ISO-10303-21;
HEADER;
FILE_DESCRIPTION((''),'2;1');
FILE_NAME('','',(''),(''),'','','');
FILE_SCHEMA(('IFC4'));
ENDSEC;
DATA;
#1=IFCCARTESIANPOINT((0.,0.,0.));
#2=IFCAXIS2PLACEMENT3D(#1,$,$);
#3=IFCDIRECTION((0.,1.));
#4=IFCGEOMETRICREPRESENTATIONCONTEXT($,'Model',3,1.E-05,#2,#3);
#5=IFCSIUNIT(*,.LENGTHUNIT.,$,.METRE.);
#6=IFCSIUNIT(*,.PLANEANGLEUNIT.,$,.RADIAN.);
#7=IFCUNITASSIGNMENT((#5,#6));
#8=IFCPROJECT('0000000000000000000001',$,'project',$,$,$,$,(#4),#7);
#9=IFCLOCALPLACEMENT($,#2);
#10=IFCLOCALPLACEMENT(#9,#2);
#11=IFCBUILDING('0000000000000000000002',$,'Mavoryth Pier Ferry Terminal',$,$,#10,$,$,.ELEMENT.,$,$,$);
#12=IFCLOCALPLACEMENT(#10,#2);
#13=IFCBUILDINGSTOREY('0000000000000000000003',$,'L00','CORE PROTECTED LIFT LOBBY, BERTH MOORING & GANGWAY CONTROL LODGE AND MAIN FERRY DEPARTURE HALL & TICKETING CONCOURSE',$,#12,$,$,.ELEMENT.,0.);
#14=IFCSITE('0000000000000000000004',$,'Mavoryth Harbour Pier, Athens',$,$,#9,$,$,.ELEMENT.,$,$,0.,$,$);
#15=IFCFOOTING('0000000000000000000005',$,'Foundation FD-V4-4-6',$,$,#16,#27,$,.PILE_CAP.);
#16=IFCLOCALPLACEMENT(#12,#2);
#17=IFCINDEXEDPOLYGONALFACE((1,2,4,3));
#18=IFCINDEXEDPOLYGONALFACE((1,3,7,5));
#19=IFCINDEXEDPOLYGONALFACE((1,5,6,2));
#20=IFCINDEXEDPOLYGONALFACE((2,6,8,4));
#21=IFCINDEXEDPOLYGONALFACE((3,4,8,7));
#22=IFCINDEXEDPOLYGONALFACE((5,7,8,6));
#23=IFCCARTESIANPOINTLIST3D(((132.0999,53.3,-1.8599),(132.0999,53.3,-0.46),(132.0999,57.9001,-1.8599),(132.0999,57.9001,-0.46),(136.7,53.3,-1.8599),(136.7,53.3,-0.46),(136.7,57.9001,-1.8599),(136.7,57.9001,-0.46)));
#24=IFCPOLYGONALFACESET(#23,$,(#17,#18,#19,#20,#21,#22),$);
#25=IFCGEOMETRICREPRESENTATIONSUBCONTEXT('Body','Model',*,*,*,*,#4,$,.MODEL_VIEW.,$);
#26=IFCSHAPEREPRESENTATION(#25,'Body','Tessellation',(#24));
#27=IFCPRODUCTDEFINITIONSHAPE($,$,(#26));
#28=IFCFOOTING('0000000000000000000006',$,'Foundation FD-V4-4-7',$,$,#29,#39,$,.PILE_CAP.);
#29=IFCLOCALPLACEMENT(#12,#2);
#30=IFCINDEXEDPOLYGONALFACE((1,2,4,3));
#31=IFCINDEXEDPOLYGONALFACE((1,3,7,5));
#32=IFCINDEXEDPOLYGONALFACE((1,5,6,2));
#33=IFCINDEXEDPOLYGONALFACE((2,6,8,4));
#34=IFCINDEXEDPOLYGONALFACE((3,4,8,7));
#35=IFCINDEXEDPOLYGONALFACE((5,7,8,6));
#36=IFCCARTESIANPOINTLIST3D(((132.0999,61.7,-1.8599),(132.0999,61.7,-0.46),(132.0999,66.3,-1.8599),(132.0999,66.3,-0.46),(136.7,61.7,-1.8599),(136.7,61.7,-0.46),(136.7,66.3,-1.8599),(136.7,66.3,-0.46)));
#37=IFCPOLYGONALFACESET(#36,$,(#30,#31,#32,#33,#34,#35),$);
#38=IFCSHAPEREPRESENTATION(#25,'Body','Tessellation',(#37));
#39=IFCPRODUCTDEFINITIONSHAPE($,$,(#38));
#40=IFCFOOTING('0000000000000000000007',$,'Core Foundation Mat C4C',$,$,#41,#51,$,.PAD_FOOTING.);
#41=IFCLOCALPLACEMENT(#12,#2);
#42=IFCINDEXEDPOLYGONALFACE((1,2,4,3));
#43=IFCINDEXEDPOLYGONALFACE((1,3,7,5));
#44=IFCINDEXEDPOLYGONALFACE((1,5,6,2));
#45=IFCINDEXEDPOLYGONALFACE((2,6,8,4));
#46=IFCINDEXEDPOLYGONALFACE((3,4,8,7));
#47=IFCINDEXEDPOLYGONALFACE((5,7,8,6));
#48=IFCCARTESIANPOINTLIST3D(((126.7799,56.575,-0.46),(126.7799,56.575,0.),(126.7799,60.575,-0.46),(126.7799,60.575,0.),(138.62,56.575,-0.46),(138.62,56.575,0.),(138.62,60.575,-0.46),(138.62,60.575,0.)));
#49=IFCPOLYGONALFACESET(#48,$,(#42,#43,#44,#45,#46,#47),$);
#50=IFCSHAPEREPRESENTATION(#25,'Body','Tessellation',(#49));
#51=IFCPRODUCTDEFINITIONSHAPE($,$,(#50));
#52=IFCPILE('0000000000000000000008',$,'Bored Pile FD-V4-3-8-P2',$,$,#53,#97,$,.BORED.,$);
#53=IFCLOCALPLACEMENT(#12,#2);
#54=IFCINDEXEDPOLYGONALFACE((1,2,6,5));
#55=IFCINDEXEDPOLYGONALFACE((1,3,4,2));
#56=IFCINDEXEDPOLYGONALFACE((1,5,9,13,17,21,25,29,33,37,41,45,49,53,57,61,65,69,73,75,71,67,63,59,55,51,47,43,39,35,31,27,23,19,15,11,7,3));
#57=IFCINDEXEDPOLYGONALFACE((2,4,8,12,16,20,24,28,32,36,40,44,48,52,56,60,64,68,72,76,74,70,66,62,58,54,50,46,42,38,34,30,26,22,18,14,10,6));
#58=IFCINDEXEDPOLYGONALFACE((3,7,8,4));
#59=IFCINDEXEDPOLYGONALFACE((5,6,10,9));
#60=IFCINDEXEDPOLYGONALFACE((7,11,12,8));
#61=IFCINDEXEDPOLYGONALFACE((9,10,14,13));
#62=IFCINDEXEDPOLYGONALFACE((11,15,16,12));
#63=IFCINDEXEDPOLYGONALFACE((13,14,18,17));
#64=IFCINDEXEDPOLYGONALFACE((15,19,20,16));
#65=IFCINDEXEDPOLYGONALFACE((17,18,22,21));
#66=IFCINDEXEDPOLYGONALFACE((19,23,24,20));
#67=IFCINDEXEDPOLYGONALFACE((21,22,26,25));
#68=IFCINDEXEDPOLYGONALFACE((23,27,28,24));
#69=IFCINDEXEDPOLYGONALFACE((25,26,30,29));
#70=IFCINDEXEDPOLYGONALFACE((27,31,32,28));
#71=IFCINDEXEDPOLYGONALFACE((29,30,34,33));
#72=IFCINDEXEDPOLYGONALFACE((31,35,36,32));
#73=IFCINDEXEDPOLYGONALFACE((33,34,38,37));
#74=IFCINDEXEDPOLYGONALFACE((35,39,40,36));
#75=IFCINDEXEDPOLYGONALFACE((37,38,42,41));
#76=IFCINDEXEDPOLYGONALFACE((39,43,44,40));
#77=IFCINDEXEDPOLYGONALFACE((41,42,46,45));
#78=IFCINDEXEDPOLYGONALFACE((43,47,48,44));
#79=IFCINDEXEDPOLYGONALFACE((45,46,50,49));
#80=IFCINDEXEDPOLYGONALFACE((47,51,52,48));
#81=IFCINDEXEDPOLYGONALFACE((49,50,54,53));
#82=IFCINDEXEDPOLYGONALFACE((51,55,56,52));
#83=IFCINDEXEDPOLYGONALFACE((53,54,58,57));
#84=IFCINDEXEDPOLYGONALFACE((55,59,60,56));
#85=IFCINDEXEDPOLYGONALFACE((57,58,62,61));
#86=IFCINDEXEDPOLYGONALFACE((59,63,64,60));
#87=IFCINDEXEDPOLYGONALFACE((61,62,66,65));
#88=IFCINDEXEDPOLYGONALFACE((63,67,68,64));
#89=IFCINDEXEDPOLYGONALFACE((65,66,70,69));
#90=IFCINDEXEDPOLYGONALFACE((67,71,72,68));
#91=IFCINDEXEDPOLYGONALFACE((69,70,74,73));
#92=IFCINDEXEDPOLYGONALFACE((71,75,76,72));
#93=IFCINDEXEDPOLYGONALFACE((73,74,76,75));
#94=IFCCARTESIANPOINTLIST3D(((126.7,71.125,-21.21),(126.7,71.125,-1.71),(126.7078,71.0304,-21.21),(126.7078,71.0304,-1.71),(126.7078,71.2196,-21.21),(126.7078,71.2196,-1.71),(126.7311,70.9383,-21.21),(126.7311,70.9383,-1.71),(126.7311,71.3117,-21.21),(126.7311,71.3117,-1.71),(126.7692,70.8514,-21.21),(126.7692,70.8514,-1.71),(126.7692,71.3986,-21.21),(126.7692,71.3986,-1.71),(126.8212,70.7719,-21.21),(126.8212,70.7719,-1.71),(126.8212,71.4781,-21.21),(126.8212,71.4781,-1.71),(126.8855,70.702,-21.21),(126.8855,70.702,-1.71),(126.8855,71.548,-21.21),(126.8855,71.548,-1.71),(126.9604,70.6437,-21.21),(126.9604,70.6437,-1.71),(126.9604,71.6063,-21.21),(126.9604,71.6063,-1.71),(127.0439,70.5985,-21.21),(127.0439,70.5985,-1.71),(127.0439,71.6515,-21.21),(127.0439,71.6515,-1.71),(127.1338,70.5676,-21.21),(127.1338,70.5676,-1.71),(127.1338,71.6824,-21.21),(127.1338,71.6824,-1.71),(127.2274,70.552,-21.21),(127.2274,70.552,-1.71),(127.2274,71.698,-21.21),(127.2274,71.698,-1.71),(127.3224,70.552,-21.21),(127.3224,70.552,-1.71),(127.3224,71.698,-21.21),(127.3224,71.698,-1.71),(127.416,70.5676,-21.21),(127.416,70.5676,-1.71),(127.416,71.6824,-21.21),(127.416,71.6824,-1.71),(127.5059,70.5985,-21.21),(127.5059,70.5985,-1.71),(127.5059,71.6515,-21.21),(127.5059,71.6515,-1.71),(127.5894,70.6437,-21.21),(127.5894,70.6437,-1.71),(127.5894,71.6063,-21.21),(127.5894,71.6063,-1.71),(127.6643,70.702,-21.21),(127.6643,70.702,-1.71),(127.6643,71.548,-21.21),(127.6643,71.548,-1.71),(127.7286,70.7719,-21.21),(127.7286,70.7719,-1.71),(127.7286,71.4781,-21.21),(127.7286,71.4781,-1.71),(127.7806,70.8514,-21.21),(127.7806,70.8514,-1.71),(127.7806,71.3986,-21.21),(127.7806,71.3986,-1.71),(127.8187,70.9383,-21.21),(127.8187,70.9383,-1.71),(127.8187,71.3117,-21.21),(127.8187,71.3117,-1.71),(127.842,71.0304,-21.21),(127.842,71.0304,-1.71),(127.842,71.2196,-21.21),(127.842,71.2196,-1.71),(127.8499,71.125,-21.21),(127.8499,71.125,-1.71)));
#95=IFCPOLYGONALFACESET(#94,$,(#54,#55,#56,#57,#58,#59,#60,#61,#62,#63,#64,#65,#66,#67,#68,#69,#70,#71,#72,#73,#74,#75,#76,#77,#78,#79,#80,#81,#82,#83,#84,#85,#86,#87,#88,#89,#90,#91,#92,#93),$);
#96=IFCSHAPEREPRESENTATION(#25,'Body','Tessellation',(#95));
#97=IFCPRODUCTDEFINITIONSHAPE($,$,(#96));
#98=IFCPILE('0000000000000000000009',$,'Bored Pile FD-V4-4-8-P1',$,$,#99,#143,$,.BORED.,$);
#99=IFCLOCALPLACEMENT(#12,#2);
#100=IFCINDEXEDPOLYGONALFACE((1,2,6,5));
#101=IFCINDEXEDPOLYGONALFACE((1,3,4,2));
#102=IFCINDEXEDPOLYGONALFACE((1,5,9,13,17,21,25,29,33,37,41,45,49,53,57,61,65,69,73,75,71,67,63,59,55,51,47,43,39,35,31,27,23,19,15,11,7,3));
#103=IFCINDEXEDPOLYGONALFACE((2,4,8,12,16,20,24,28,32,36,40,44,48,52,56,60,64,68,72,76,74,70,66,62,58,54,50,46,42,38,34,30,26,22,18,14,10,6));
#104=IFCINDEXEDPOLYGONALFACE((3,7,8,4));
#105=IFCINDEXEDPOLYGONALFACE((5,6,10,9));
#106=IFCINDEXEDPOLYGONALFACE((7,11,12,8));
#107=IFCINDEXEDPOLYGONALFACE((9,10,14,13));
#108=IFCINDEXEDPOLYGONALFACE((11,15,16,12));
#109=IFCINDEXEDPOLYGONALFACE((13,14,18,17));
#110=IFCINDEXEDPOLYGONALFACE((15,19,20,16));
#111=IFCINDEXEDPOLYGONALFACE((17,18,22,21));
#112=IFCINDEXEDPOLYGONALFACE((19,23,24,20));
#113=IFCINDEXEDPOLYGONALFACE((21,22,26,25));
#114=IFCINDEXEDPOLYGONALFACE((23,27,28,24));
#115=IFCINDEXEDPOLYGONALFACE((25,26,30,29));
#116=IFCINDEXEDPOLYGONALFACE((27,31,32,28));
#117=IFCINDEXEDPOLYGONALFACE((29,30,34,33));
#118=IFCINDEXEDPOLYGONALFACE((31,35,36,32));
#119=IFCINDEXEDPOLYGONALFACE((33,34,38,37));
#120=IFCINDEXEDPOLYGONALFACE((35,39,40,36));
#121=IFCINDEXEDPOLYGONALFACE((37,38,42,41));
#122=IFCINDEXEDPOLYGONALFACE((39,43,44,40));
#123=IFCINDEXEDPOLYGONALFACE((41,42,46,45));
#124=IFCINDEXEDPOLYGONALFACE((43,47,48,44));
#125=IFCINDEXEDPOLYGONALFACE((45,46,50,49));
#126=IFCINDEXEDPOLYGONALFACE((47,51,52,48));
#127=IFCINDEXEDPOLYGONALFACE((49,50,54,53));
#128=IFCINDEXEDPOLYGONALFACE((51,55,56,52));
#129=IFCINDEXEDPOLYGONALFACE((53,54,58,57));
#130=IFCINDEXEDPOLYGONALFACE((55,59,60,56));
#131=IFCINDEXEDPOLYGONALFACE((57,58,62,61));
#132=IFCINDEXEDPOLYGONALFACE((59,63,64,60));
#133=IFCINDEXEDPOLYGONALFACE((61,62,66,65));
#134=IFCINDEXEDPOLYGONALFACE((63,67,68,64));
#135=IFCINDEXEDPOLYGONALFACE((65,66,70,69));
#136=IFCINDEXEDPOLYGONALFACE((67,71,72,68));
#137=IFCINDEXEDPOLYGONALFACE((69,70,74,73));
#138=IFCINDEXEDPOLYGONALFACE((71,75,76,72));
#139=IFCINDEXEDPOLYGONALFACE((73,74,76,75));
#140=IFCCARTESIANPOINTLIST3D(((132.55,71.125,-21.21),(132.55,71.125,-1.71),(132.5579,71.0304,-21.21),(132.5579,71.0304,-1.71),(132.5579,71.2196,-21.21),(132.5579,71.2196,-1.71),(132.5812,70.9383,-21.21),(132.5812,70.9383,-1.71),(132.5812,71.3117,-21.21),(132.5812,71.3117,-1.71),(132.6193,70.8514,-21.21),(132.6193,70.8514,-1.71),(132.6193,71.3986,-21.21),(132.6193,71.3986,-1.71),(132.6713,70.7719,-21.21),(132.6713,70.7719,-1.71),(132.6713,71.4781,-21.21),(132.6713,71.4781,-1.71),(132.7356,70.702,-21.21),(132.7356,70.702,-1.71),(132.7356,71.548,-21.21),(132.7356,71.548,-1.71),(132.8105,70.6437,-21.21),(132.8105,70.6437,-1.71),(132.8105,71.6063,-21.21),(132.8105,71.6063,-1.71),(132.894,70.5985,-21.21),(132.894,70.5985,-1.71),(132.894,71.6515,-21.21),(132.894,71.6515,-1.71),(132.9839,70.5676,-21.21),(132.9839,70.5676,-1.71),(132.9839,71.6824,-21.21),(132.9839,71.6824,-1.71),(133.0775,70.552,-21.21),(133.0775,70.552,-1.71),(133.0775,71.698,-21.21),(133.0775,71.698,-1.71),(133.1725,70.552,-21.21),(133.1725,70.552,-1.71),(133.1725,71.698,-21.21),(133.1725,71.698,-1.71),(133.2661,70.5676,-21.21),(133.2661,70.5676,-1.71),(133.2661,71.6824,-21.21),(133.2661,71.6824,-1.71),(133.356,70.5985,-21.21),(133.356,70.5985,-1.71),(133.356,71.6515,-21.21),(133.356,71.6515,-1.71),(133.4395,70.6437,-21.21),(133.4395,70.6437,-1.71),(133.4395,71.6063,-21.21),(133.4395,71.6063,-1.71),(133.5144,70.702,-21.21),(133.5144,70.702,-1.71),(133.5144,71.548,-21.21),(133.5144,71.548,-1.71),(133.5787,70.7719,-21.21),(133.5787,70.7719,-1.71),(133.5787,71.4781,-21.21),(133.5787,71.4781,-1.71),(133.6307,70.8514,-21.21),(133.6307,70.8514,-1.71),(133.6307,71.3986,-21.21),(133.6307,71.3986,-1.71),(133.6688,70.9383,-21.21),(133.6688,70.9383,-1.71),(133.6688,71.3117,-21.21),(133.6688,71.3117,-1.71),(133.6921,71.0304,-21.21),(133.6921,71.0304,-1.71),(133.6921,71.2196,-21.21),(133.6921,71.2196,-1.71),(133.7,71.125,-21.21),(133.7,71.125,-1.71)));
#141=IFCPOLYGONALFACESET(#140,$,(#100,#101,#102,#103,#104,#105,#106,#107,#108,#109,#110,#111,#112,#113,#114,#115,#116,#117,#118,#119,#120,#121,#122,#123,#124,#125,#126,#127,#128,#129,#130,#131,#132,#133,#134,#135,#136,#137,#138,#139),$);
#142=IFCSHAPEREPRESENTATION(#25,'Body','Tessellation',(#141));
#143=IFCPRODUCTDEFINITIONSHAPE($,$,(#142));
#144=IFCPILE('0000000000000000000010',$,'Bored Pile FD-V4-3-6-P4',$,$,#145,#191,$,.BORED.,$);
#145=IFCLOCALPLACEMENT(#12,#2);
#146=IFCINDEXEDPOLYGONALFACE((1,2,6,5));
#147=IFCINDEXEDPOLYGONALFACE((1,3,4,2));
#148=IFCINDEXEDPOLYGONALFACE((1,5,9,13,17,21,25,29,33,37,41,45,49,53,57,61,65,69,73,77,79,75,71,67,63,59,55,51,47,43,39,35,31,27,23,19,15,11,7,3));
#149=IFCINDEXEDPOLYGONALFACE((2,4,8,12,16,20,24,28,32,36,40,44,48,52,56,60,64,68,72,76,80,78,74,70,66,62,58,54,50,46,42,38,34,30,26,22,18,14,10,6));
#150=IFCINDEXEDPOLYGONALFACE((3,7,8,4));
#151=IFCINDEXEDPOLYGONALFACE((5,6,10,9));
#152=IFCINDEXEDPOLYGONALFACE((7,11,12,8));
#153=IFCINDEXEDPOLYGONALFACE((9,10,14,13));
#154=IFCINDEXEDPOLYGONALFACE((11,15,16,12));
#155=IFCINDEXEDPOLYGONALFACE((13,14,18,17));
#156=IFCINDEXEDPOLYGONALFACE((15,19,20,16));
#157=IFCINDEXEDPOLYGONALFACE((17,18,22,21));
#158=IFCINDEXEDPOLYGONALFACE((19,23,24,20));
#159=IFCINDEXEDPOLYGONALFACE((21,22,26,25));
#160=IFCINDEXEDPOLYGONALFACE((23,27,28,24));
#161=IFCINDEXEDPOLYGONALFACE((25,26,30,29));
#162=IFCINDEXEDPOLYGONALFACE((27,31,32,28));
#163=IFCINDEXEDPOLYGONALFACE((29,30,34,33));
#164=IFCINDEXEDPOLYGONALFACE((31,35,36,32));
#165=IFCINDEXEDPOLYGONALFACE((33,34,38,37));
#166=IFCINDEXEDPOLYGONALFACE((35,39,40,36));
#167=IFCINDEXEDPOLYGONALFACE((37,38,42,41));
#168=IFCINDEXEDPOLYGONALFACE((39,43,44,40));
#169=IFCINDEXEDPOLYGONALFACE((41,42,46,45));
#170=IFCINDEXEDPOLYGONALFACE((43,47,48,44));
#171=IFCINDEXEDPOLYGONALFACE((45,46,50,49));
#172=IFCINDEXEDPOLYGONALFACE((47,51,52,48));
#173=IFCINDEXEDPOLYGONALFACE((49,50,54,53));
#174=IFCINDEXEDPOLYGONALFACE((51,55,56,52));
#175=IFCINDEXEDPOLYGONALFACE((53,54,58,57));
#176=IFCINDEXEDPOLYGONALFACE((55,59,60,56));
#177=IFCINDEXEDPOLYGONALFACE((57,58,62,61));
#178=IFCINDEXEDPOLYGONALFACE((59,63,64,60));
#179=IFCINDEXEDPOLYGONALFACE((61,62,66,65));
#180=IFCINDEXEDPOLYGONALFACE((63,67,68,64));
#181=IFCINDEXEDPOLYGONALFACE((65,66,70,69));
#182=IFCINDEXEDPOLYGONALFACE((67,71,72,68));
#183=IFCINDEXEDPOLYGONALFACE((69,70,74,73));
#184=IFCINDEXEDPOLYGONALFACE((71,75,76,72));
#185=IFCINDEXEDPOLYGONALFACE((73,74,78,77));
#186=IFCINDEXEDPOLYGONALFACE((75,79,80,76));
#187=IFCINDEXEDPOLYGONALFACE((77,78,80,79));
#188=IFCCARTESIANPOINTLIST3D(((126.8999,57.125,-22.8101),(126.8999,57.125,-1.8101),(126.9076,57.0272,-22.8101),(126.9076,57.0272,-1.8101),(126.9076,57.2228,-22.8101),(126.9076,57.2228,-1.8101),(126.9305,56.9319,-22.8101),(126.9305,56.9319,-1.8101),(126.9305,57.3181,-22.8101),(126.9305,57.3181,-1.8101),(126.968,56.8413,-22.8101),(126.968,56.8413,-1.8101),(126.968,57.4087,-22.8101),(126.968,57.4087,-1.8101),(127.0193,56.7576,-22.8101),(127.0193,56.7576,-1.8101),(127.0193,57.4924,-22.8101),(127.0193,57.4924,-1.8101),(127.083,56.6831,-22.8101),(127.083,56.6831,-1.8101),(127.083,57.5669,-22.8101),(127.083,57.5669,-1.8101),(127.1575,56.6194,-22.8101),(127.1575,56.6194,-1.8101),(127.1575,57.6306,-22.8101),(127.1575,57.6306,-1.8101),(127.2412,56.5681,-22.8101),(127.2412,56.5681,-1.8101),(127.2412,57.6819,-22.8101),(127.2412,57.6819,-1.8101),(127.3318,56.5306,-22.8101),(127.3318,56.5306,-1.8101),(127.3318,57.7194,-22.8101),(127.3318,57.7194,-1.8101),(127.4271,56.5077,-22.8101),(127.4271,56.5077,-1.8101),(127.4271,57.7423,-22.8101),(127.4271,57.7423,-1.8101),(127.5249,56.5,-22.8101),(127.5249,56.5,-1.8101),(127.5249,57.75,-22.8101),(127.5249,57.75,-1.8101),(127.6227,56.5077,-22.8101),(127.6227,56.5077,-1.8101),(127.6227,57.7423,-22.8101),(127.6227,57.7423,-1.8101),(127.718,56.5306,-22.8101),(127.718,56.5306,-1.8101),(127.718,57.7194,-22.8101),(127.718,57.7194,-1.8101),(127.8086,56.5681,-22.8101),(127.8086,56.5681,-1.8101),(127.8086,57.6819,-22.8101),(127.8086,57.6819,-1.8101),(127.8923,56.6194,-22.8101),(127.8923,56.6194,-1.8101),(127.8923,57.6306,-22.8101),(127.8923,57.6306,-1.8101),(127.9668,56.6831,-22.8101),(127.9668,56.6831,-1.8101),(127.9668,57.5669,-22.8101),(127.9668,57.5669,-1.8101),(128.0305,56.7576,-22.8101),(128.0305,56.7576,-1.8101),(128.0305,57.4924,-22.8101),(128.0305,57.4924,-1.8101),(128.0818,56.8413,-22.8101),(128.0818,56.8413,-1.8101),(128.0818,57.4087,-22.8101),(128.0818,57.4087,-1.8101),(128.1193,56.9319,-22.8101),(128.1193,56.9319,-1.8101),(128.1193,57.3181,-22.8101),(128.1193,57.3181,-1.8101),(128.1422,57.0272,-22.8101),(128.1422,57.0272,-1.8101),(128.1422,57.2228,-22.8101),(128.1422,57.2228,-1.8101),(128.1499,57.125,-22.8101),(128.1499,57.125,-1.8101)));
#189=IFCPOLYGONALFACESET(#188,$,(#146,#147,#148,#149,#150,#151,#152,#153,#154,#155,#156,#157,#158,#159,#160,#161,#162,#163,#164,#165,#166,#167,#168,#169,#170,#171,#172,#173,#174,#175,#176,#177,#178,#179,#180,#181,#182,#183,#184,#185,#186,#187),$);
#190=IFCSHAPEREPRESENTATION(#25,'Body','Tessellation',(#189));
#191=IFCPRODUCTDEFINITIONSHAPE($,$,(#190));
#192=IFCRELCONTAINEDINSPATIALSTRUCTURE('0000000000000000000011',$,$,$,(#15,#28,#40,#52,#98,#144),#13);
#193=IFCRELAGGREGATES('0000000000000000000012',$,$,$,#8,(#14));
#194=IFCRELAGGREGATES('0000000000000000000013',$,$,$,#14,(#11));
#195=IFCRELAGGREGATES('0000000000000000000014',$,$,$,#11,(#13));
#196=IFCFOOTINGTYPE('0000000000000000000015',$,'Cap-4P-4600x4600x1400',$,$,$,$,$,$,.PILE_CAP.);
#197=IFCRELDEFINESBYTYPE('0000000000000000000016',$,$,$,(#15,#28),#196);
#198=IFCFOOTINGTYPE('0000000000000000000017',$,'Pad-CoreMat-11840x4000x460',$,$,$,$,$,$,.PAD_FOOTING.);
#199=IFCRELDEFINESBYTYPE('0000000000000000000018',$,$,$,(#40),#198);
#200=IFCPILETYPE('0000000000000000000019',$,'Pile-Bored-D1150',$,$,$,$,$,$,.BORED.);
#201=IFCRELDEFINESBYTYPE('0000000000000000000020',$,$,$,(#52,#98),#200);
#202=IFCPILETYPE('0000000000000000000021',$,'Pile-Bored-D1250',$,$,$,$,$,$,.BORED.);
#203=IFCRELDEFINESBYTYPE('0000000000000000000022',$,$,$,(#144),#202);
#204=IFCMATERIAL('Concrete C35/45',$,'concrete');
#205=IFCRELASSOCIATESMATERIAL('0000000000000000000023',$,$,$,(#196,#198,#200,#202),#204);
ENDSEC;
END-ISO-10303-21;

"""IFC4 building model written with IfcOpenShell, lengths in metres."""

from ifc_helpers import new_model, si_unit, direction, frame, origin, origin_2d, place, context, subcontext, project, spatial, rectangle, circle, extrude, material, material_profile, profile_set, type_object, element, save


model = new_model("IFC4")

# Units and contexts
model_context = context("Model", 3, precision=1e-05, world=origin(), true_north=direction((0.0, 1.0)))
body_context = subcontext(model_context, "Body", "Model", "MODEL_VIEW")
ifc_project = project(units=[si_unit("LENGTHUNIT", "METRE"), si_unit("PLANEANGLEUNIT", "RADIAN")], contexts=[model_context])

# Site, building, storey
site_placement = place(None, origin())
site = spatial("IfcSite", under=ifc_project, at=site_placement, Name="Mavoryth Harbour Pier, Athens", CompositionType="ELEMENT", RefElevation=0.0)
building_placement = place(site_placement, origin())
building = spatial("IfcBuilding", under=site, at=building_placement, Name="Mavoryth Pier Ferry Terminal", CompositionType="ELEMENT")
storey_placement = place(building_placement, origin())
storey = spatial("IfcBuildingStorey", under=building, at=storey_placement, Name="L00", Description="CORE PROTECTED LIFT LOBBY, BERTH MOORING & GANGWAY CONTROL LODGE AND MAIN FERRY DEPARTURE HALL & TICKETING CONCOURSE", CompositionType="ELEMENT", Elevation=0.0)

# Footings
ifc_material_1 = material(Name="Concrete C35/45", Category="concrete")
footing_type_1 = type_object("IfcFootingType", Name="Cap-4P-4600x4600x1400", PredefinedType="PILE_CAP", material=ifc_material_1)
for number, where, z_axis, x_axis, name in (
    (1, (134.3999, 55.6001, -1.8599), (0.0, 0.0, 1.0), (1.0, 0.0, 0.0), "Foundation FD-V4-4-6"),
    (2, (134.3999, 64.0, -1.8599), (0.0, 0.0, 1.0), (1.0, 0.0, 0.0), "Foundation FD-V4-4-7"),
):
    element("IfcFooting", number, at=place(storey_placement, frame(where, z_axis=z_axis, x_axis=x_axis)), inside=storey, type_object=footing_type_1, Name=name, PredefinedType="PILE_CAP", context=body_context, shape_type="SweptSolid", body=[
        extrude(rectangle(XDim=4.6001, YDim=4.6001, at=origin_2d()), origin(), (0.0, 0.0, 1.0), 1.3999),
    ])
footing_type_2 = type_object("IfcFootingType", Name="Pad-CoreMat-11840x4000x460", PredefinedType="PAD_FOOTING", material=ifc_material_1)
footing_1_placement = place(storey_placement, frame((132.7, 58.575, -0.46), z_axis=(0.0, 0.0, 1.0), x_axis=(1.0, 0.0, 0.0)))
element("IfcFooting", 3, at=footing_1_placement, inside=storey, type_object=footing_type_2, Name="Core Foundation Mat C4C", PredefinedType="PAD_FOOTING", context=body_context, shape_type="SweptSolid", body=[
    extrude(rectangle(XDim=11.8401, YDim=4.0, at=origin_2d()), origin(), (0.0, 0.0, 1.0), 0.46),
])

# Piles
ifc_material_profile_1 = material_profile(ifc_material_1, circle(Radius=0.575, at=origin_2d()), Name="PILE D1150", Category="concrete")
ifc_profile_set_1 = profile_set([ifc_material_profile_1], Name="Concrete C35/45 - PILE D1150")
pile_type_1 = type_object("IfcPileType", Name="Pile-Bored-D1150", PredefinedType="BORED", material=ifc_profile_set_1)
for number, where, z_axis, x_axis, name in (
    (4, (127.2749, 71.125, -1.71), (0.0, 0.0, -1.0), (1.0, 0.0, 0.0), "Bored Pile FD-V4-3-8-P2"),
    (5, (133.125, 71.125, -1.71), (0.0, 0.0, -1.0), (1.0, 0.0, 0.0), "Bored Pile FD-V4-4-8-P1"),
):
    element("IfcPile", number, at=place(storey_placement, frame(where, z_axis=z_axis, x_axis=x_axis)), inside=storey, type_object=pile_type_1, Name=name, PredefinedType="BORED", context=body_context, shape_type="SweptSolid", body=[
        extrude(circle(Radius=0.575, at=origin_2d()), origin(), (0.0, 0.0, 1.0), 19.5),
    ])
ifc_material_profile_2 = material_profile(ifc_material_1, circle(Radius=0.625, at=origin_2d()), Name="PILE D1250", Category="concrete")
ifc_profile_set_2 = profile_set([ifc_material_profile_2], Name="Concrete C35/45 - PILE D1250")
pile_type_2 = type_object("IfcPileType", Name="Pile-Bored-D1250", PredefinedType="BORED", material=ifc_profile_set_2)
for number, where, z_axis, x_axis, name in (
    (6, (127.5249, 57.125, -1.8101), (0.0, 0.0, -1.0), (1.0, 0.0, 0.0), "Bored Pile FD-V4-3-6-P4"),
):
    element("IfcPile", number, at=place(storey_placement, frame(where, z_axis=z_axis, x_axis=x_axis)), inside=storey, type_object=pile_type_2, Name=name, PredefinedType="BORED", context=body_context, shape_type="SweptSolid", body=[
        extrude(circle(Radius=0.625, at=origin_2d()), origin(), (0.0, 0.0, 1.0), 21.0),
    ])

save(model, "model.ifc")
